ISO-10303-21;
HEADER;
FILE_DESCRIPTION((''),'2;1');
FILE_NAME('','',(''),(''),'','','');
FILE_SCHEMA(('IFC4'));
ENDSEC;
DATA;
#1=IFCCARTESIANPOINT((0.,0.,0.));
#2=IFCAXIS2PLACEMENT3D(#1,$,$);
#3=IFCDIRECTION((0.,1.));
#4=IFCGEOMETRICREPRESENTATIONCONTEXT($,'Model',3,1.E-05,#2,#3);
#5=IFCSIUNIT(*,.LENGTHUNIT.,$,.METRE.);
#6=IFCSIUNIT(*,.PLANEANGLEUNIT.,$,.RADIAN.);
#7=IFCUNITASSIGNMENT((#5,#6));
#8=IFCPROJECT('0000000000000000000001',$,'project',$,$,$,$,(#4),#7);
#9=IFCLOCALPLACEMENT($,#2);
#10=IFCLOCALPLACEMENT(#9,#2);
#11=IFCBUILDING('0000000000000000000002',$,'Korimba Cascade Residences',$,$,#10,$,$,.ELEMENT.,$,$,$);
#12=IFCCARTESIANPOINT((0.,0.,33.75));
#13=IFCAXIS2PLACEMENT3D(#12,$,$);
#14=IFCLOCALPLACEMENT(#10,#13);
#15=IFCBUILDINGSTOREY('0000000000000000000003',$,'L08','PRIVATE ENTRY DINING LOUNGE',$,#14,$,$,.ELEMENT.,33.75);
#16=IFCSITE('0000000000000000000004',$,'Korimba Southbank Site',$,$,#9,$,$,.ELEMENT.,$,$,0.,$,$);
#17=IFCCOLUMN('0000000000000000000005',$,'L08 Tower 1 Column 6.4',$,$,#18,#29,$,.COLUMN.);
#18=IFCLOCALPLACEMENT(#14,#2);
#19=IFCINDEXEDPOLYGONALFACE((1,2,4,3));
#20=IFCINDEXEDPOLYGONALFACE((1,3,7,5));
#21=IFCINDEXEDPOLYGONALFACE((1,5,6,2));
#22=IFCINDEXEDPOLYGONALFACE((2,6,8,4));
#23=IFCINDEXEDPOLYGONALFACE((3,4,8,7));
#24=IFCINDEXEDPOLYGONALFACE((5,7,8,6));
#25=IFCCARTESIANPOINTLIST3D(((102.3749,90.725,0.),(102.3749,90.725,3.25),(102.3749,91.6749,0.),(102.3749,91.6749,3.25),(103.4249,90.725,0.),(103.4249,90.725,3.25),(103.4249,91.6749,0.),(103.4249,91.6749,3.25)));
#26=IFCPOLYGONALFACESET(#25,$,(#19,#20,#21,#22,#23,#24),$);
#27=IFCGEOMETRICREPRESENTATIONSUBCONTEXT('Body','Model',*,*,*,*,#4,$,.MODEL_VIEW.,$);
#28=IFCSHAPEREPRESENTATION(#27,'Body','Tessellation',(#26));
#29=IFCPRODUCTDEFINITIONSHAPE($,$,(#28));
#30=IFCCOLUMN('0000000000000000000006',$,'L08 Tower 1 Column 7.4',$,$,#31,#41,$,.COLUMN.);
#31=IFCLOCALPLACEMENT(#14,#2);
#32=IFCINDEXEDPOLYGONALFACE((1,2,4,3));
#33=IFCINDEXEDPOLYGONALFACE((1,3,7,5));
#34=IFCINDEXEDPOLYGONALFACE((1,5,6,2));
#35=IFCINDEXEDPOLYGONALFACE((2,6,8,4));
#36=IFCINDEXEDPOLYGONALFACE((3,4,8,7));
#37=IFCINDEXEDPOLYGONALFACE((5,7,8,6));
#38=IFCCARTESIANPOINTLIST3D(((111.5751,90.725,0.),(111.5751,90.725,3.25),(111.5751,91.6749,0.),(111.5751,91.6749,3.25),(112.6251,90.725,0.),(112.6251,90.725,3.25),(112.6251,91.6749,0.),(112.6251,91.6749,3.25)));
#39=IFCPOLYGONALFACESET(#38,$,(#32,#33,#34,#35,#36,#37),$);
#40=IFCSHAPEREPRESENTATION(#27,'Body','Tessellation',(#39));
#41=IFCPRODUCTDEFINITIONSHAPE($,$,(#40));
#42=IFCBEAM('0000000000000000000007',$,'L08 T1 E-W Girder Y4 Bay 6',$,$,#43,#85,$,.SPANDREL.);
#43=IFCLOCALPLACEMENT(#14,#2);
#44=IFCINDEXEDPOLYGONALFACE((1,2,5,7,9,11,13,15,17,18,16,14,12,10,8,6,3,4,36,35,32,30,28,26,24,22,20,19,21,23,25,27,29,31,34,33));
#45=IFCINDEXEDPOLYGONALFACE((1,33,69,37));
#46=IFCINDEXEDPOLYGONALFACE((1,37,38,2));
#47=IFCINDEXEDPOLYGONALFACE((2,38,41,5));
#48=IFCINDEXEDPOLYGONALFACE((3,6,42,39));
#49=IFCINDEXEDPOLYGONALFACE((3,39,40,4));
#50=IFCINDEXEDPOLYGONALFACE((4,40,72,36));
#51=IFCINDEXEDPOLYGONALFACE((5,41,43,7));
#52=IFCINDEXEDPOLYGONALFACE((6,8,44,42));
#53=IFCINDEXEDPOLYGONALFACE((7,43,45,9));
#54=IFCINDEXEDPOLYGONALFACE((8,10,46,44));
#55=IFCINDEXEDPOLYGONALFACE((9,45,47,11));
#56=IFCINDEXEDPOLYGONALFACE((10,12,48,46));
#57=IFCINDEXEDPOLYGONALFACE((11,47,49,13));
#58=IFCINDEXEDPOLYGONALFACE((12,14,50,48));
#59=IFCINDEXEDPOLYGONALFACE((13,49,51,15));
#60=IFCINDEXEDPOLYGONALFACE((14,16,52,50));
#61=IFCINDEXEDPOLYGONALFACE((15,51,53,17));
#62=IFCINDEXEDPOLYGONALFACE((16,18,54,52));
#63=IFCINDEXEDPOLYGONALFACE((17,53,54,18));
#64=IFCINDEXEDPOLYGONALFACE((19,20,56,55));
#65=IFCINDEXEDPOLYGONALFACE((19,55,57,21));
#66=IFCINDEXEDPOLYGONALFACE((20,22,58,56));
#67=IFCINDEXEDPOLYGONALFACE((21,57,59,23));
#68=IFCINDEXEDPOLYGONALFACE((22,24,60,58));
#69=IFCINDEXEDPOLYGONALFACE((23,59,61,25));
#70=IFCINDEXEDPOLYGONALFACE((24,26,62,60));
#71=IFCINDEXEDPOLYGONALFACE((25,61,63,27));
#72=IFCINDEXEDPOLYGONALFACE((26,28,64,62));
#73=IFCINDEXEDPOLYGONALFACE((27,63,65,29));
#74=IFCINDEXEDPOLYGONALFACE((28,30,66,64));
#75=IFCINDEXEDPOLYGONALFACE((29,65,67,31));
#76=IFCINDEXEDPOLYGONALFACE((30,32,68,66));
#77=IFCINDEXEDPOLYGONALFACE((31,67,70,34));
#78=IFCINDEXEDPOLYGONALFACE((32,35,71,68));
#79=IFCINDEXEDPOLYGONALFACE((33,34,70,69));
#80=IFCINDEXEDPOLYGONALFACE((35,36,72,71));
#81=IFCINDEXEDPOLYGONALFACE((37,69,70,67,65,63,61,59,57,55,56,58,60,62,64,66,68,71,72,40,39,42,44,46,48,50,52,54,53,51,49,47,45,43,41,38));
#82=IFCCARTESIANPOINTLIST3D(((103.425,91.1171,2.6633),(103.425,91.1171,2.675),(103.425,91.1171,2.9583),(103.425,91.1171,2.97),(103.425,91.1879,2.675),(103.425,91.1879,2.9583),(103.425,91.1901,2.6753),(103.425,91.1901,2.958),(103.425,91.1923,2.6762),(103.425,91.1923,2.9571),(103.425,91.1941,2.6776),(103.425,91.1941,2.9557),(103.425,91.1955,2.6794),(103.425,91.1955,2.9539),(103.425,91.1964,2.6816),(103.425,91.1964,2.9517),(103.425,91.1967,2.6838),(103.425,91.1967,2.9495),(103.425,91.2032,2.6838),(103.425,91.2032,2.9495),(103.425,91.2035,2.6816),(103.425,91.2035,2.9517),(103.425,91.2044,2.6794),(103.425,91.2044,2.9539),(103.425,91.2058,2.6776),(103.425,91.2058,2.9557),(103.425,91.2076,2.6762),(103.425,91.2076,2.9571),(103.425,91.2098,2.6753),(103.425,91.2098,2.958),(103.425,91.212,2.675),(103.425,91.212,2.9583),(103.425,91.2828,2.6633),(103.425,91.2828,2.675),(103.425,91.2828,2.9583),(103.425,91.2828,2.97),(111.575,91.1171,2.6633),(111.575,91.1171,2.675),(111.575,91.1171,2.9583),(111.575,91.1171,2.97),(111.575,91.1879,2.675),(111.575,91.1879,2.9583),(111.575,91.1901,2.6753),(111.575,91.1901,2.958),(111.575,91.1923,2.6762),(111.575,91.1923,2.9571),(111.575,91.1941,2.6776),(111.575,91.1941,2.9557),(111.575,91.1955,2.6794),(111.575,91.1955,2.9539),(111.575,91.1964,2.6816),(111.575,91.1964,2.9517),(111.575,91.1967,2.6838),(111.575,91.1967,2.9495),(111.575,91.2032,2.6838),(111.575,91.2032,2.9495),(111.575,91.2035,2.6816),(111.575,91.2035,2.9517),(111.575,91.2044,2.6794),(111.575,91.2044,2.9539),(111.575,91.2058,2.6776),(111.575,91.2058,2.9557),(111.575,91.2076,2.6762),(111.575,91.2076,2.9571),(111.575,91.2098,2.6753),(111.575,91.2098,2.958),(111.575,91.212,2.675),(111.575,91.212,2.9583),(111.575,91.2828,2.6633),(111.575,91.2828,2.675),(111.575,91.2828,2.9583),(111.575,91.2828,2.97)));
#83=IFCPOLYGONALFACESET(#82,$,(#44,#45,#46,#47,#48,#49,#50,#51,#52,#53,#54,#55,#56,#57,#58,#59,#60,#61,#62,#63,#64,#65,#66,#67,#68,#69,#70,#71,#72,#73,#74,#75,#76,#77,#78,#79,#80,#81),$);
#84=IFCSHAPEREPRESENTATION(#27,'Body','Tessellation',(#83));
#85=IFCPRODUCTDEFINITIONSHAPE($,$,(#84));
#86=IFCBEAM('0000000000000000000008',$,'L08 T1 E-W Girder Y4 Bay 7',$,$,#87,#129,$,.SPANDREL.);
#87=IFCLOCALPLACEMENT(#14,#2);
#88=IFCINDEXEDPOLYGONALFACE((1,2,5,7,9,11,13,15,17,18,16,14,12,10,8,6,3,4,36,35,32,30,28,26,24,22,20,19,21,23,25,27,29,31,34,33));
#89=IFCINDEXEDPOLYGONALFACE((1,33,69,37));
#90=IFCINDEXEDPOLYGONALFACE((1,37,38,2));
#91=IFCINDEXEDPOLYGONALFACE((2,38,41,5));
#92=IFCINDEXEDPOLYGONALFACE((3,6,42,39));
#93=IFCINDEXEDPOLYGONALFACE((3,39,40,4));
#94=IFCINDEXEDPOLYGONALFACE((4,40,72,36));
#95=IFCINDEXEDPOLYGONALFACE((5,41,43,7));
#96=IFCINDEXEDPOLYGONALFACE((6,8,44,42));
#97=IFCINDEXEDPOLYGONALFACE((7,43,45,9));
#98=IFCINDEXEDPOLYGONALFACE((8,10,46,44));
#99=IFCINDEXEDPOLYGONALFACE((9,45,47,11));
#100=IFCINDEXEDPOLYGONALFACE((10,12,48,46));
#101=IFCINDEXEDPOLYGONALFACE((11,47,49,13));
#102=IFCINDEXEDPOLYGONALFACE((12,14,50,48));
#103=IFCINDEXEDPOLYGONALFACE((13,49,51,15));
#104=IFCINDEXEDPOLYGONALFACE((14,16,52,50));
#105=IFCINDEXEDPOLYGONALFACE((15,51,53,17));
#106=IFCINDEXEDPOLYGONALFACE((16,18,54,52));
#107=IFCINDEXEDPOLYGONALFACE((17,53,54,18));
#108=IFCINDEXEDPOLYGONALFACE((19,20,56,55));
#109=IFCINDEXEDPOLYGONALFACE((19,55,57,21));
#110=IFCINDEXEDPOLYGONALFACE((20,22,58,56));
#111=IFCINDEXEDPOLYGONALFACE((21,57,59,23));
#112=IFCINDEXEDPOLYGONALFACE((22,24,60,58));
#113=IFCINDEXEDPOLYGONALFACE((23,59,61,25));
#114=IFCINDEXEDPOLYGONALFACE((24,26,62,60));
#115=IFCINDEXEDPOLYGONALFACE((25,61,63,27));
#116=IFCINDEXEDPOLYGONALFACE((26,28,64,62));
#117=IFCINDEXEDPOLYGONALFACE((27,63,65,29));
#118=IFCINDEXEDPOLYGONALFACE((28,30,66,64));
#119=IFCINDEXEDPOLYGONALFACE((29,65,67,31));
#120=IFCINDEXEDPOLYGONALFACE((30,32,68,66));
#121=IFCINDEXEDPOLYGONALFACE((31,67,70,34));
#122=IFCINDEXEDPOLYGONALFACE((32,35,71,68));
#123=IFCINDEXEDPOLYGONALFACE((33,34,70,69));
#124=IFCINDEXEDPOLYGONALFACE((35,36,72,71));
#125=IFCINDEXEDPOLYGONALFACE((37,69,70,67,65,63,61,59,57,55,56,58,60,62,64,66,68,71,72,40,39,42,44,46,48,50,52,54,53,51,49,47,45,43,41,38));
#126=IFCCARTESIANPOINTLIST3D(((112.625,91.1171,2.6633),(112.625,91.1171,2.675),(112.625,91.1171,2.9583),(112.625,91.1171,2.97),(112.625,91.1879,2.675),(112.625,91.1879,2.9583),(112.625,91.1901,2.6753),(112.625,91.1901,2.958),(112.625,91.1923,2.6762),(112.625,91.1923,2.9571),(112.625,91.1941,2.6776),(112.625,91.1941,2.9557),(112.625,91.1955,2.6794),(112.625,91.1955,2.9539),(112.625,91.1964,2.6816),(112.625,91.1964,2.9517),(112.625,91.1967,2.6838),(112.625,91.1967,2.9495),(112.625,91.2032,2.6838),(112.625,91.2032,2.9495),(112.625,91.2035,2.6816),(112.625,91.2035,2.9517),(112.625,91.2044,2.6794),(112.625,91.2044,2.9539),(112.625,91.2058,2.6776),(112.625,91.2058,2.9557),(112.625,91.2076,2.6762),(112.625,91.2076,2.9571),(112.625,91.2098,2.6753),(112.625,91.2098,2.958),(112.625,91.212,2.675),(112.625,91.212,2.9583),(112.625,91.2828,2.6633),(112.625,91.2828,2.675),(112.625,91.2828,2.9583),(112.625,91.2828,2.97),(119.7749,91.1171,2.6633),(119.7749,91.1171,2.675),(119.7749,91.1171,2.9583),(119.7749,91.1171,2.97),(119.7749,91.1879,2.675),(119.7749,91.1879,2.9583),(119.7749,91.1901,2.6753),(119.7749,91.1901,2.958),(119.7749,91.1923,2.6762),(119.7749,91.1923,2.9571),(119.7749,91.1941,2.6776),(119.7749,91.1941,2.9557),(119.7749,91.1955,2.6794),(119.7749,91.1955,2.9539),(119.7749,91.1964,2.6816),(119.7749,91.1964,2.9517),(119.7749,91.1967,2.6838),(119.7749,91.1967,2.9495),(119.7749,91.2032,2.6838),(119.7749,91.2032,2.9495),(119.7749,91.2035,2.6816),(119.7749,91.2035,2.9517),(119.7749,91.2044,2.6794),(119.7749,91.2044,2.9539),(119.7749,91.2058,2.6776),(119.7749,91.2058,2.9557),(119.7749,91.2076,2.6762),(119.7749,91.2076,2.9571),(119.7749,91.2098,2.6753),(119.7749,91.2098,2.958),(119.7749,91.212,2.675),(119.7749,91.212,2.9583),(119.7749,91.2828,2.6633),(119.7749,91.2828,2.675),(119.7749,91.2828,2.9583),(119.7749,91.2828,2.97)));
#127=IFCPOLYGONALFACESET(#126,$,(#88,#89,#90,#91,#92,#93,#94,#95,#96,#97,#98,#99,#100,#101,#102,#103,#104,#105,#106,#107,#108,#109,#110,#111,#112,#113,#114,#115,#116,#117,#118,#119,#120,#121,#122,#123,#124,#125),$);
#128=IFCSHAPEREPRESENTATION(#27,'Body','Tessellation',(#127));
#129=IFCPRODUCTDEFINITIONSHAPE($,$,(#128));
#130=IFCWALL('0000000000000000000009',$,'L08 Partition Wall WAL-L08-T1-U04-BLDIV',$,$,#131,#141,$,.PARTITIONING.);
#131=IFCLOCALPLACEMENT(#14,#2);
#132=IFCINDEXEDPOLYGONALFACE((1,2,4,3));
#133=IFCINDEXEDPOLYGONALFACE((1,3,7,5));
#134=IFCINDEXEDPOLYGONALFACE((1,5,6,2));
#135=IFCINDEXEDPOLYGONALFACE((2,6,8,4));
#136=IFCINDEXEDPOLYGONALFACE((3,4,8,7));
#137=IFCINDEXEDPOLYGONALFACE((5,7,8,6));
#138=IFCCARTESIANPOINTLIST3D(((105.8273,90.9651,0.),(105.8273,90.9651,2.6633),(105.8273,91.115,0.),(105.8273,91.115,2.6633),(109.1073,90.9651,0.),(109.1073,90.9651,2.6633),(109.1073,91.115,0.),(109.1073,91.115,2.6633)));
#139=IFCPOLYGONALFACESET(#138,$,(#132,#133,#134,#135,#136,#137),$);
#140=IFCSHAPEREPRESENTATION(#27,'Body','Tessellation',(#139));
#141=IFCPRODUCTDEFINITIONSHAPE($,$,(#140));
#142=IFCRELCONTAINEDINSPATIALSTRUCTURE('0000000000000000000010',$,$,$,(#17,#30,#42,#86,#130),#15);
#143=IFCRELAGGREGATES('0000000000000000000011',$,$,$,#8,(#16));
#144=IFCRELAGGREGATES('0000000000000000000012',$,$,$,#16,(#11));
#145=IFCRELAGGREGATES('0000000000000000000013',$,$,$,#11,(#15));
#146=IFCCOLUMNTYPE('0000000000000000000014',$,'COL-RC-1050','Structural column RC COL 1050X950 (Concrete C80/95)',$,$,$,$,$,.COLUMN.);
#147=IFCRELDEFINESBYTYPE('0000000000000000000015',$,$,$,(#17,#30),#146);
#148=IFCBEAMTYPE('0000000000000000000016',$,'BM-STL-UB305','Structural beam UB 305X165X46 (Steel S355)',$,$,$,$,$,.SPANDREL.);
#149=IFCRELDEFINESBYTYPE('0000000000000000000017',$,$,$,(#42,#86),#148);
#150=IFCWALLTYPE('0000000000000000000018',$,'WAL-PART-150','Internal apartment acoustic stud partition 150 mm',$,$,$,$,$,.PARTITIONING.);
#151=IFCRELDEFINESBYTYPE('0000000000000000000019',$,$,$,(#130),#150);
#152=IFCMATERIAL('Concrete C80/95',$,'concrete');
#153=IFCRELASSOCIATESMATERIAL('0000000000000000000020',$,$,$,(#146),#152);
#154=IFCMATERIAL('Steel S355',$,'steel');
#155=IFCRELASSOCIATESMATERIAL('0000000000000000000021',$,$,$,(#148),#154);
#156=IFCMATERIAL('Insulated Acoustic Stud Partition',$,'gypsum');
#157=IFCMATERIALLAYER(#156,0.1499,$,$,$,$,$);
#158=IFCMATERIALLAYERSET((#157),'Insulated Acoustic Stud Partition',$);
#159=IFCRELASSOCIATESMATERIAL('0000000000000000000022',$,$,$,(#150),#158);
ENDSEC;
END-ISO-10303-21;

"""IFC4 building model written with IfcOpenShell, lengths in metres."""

from ifc_helpers import new_model, si_unit, direction, frame, frame_2d, origin, origin_2d, place, context, subcontext, project, spatial, rectangle, i_section, extrude, material, layer, layer_set, material_profile, profile_set, type_object, element, save


model = new_model("IFC4")

# Units and contexts
model_context = context("Model", 3, precision=1e-05, world=origin(), true_north=direction((0.0, 1.0)))
body_context = subcontext(model_context, "Body", "Model", "MODEL_VIEW")
ifc_project = project(units=[si_unit("LENGTHUNIT", "METRE"), si_unit("PLANEANGLEUNIT", "RADIAN")], contexts=[model_context])

# Site, building, storey
site_placement = place(None, origin())
site = spatial("IfcSite", under=ifc_project, at=site_placement, Name="Korimba Southbank Site", CompositionType="ELEMENT", RefElevation=0.0)
building_placement = place(site_placement, origin())
building = spatial("IfcBuilding", under=site, at=building_placement, Name="Korimba Cascade Residences", CompositionType="ELEMENT")
storey_placement = place(building_placement, frame((0.0, 0.0, 33.75)))
storey = spatial("IfcBuildingStorey", under=building, at=storey_placement, Name="L08", Description="PRIVATE ENTRY DINING LOUNGE", CompositionType="ELEMENT", Elevation=33.75)

# Columns
ifc_material_1 = material(Name="Concrete C80/95", Category="concrete")
ifc_material_profile_1 = material_profile(ifc_material_1, rectangle(XDim=1.05, YDim=0.95, at=origin_2d()), Name="Concrete C80/95")
ifc_profile_set_1 = profile_set([ifc_material_profile_1], Name="Concrete C80/95")
column_type = type_object("IfcColumnType", Name="COL-RC-1050", Description="Structural column RC COL 1050X950 (Concrete C80/95)", PredefinedType="COLUMN", material=ifc_profile_set_1)
for number, where, z_axis, x_axis, name in (
    (1, (102.8999, 91.2, 0.0), (0.0, 0.0, 1.0), (1.0, 0.0, 0.0), "L08 Tower 1 Column 6.4"),
    (2, (112.1001, 91.2, 0.0), (0.0, 0.0, 1.0), (1.0, 0.0, 0.0), "L08 Tower 1 Column 7.4"),
):
    element("IfcColumn", number, at=place(storey_placement, frame(where, z_axis=z_axis, x_axis=x_axis)), inside=storey, type_object=column_type, Name=name, PredefinedType="COLUMN", context=body_context, shape_type="SweptSolid", body=[
        extrude(rectangle(XDim=1.05, YDim=0.95, at=origin_2d()), origin(), (0.0, 0.0, 1.0), 3.25),
    ])

# Beams
ifc_material_2 = material(Name="Steel S355", Category="steel")
ifc_material_profile_2 = material_profile(ifc_material_2, i_section(OverallWidth=0.1658, OverallDepth=0.3066, WebThickness=0.0066, FlangeThickness=0.0117, FilletRadius=0.0088, at=origin_2d()), Name="Steel S355")
ifc_profile_set_2 = profile_set([ifc_material_profile_2], Name="Steel S355")
beam_type = type_object("IfcBeamType", Name="BM-STL-UB305", Description="Structural beam UB 305X165X46 (Steel S355)", PredefinedType="SPANDREL", material=ifc_profile_set_2)
beam_1_placement = place(storey_placement, frame((103.425, 91.2, 2.8167), z_axis=(1.0, 0.0, 0.0), x_axis=(0.0, 1.0, 0.0)))
element("IfcBeam", 3, at=beam_1_placement, inside=storey, type_object=beam_type, Name="L08 T1 E-W Girder Y4 Bay 6", PredefinedType="SPANDREL", context=body_context, shape_type="SweptSolid", body=[
    extrude(i_section(OverallWidth=0.1658, OverallDepth=0.3066, WebThickness=0.0066, FlangeThickness=0.0117, FilletRadius=0.0088, at=origin_2d()), origin(), (0.0, 0.0, 1.0), 8.1499),
])
beam_2_placement = place(storey_placement, frame((112.625, 91.2, 2.8167), z_axis=(1.0, 0.0, 0.0), x_axis=(0.0, 1.0, 0.0)))
element("IfcBeam", 4, at=beam_2_placement, inside=storey, type_object=beam_type, Name="L08 T1 E-W Girder Y4 Bay 7", PredefinedType="SPANDREL", context=body_context, shape_type="SweptSolid", body=[
    extrude(i_section(OverallWidth=0.1658, OverallDepth=0.3066, WebThickness=0.0066, FlangeThickness=0.0117, FilletRadius=0.0088, at=origin_2d()), origin(), (0.0, 0.0, 1.0), 7.1499),
])

# Wall
ifc_material_3 = material(Name="Insulated Acoustic Stud Partition", Category="gypsum")
ifc_layer = layer(ifc_material_3, 0.1499)
ifc_layer_set = layer_set([ifc_layer], Name="Insulated Acoustic Stud Partition")
wall_type = type_object("IfcWallType", Name="WAL-PART-150", Description="Internal apartment acoustic stud partition 150 mm", PredefinedType="PARTITIONING", material=ifc_layer_set)
wall_1_placement = place(storey_placement, frame((105.8271, 91.04, 0.0), z_axis=(0.0, 0.0, 1.0), x_axis=(1.0, 0.0, 0.0)))
element("IfcWall", 5, at=wall_1_placement, inside=storey, type_object=wall_type, Name="L08 Partition Wall WAL-L08-T1-U04-BLDIV", PredefinedType="PARTITIONING", context=body_context, shape_type="SweptSolid", body=[
    extrude(rectangle(XDim=3.28, YDim=0.1499, at=frame_2d((1.6401, 0.0))), origin(), (0.0, 0.0, 1.0), 2.6633),
])

save(model, "model.ifc")
